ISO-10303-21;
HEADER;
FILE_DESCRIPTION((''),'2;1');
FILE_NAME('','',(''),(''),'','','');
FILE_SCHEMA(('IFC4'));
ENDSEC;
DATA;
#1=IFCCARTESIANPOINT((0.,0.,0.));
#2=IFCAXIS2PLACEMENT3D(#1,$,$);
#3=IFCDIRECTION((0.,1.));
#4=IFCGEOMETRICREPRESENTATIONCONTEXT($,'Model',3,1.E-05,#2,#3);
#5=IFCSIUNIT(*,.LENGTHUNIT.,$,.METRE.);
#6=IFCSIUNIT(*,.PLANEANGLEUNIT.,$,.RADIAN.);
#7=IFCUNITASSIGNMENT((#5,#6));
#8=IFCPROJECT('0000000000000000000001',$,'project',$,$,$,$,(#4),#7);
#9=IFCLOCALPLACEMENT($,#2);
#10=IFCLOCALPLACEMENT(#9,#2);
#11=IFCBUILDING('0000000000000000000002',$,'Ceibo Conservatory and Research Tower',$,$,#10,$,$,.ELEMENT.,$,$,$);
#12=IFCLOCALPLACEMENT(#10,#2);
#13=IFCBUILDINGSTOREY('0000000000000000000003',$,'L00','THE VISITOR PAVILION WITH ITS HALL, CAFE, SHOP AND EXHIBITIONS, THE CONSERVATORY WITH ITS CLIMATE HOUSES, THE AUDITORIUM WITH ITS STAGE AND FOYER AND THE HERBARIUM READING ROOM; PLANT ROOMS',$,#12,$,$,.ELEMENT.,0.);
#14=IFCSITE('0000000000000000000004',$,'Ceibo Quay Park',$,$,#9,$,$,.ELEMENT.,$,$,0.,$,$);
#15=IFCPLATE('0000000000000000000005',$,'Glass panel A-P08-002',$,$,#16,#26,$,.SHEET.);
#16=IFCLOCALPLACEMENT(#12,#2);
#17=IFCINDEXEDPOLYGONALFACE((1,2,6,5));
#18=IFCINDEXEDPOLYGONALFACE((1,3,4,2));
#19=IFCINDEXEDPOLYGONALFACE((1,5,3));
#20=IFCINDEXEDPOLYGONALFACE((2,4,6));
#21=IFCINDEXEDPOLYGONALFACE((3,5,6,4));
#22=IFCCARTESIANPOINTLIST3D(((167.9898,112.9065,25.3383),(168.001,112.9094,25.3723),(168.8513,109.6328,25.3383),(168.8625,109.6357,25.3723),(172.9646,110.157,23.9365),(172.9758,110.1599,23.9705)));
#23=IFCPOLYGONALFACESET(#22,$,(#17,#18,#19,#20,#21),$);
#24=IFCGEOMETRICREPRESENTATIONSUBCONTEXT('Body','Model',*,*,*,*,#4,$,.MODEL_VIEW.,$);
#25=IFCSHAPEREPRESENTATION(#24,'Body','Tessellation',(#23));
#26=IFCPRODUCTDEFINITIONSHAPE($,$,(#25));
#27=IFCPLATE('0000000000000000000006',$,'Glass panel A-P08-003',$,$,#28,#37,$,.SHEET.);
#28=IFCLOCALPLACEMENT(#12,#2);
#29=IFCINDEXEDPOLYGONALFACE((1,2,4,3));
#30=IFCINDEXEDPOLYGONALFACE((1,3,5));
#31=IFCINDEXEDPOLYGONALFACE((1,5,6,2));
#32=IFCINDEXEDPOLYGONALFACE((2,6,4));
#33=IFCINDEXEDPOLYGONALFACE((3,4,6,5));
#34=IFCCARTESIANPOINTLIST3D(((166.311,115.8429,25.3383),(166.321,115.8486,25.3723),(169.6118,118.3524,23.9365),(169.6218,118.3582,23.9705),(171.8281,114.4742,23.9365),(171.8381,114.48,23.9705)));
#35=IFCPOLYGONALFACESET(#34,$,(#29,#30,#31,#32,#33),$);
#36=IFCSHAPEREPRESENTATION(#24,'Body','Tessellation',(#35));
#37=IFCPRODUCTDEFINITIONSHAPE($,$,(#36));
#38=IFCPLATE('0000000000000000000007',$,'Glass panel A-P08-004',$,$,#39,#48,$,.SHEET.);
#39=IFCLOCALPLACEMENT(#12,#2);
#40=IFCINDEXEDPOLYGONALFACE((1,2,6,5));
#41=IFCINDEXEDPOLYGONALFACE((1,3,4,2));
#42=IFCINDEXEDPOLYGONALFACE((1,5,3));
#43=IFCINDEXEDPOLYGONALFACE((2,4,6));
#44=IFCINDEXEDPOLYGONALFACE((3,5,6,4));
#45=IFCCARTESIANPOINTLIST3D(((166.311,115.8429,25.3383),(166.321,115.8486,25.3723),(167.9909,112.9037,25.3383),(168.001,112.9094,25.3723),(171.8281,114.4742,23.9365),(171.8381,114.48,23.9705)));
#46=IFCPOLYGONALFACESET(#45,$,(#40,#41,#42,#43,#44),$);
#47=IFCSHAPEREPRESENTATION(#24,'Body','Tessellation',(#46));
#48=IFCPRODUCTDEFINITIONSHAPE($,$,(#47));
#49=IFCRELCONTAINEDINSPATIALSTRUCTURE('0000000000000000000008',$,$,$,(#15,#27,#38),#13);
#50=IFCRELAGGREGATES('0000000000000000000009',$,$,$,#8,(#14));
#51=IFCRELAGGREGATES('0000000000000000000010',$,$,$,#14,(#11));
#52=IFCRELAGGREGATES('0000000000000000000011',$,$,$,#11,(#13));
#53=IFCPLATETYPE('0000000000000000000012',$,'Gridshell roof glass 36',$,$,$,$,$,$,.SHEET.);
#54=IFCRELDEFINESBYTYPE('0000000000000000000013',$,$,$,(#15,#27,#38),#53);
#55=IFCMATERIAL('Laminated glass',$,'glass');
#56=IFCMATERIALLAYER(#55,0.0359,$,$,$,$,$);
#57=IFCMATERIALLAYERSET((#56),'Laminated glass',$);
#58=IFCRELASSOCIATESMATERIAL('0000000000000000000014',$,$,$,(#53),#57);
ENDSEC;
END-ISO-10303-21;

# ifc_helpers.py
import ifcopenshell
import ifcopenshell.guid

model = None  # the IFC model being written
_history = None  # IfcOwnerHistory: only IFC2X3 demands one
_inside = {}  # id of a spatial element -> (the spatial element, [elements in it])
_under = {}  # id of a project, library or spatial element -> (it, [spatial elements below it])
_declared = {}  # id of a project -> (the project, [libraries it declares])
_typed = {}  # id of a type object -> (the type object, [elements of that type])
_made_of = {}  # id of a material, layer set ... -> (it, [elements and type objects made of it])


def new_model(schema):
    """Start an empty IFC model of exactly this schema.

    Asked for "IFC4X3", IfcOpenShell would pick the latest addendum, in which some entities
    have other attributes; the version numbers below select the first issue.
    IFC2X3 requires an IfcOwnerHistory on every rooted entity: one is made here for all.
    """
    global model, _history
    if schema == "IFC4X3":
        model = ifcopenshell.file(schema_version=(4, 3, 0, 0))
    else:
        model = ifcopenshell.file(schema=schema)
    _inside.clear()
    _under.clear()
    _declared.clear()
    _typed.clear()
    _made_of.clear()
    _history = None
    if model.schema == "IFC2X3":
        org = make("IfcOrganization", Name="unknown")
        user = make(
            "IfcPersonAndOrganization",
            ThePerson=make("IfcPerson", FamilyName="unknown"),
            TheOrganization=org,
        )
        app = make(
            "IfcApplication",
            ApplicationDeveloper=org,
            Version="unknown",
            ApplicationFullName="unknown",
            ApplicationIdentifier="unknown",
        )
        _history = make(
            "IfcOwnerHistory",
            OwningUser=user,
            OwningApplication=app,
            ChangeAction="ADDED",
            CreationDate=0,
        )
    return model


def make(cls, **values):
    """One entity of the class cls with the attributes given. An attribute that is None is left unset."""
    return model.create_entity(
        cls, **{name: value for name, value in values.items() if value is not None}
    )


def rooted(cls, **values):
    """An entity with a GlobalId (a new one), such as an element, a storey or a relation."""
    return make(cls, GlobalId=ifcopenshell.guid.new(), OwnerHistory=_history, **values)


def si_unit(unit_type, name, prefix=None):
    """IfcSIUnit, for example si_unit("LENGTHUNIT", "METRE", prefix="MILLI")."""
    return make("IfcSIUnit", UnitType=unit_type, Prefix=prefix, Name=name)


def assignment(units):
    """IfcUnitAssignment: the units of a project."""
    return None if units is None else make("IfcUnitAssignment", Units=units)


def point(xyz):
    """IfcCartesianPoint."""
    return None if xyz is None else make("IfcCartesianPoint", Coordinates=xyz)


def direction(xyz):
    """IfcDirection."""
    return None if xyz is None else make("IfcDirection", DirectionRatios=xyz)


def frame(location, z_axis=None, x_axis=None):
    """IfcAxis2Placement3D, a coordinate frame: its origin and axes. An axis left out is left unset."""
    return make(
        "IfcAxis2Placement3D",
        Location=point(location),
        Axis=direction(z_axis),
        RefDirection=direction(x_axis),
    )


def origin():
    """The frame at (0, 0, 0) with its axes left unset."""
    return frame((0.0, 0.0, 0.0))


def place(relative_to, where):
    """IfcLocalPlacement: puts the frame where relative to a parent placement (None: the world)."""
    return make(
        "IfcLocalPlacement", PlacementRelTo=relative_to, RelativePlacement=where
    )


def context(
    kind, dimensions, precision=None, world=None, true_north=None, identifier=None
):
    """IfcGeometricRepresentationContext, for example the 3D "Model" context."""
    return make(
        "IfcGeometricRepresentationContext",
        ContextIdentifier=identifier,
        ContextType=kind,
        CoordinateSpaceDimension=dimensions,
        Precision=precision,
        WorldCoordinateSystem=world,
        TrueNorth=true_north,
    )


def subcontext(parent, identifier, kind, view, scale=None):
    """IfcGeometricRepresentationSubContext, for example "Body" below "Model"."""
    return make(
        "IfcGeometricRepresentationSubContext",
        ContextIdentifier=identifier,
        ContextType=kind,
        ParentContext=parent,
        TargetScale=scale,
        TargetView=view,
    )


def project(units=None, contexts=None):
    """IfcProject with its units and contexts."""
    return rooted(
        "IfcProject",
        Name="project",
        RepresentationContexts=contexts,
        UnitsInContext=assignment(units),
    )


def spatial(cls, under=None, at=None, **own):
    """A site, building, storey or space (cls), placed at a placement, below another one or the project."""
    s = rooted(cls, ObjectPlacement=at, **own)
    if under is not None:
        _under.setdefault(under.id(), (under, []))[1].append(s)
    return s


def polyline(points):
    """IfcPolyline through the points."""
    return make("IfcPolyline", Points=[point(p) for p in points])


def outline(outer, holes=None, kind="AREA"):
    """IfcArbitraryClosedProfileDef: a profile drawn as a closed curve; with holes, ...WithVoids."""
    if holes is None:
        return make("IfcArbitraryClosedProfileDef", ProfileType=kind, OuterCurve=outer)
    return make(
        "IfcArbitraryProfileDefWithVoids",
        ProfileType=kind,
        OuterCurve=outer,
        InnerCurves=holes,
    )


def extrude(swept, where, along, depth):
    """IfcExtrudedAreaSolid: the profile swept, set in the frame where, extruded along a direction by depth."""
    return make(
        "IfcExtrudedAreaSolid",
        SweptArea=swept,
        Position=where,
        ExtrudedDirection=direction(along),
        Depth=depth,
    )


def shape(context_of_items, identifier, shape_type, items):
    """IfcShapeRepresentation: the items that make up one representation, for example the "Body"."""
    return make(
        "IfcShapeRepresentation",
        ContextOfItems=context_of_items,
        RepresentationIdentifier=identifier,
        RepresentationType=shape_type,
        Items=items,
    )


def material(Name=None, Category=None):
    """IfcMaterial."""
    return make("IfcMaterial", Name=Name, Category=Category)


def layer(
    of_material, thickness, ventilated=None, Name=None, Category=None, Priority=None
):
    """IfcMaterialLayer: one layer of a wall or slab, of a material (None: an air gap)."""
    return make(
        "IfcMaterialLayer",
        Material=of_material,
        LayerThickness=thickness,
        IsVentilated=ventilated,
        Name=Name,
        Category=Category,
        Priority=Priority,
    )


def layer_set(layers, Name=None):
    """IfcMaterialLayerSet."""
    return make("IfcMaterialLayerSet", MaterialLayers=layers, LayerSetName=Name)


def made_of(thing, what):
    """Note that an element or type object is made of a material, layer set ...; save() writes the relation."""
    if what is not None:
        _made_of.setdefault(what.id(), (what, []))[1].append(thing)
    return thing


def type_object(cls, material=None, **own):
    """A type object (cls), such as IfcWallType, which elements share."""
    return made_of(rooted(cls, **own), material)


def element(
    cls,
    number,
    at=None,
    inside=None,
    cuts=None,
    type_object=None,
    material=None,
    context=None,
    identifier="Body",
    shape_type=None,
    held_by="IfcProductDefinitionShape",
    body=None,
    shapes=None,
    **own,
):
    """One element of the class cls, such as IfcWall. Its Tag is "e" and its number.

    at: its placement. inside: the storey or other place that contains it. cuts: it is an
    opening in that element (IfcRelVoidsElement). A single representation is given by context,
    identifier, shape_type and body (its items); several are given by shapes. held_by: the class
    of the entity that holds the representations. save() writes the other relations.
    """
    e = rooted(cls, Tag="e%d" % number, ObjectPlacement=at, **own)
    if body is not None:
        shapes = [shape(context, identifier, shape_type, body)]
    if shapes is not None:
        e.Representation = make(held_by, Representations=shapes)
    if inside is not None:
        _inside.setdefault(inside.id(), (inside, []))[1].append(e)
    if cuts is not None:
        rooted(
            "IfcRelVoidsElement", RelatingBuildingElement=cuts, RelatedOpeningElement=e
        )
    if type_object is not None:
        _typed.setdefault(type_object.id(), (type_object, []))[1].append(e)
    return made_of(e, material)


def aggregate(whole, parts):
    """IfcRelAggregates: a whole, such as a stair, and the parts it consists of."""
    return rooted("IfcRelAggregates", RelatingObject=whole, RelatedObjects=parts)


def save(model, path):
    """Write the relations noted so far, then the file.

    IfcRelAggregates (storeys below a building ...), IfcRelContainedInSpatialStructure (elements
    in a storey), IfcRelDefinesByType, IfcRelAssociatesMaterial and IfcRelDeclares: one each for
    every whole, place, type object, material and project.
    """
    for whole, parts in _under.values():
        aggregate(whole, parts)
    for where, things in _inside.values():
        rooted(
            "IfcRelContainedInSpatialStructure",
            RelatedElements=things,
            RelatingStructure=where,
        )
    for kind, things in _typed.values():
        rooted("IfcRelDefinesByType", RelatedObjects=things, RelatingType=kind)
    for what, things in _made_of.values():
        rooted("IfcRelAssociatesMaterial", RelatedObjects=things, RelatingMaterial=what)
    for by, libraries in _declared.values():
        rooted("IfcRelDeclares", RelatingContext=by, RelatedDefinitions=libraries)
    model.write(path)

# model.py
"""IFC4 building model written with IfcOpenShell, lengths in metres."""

from ifc_helpers import new_model, si_unit, direction, frame, origin, place, context, subcontext, project, spatial, polyline, outline, extrude, material, layer, layer_set, type_object, element, save


model = new_model("IFC4")

# Units and contexts
model_context = context("Model", 3, precision=1e-05, world=origin(), true_north=direction((0.0, 1.0)))
body_context = subcontext(model_context, "Body", "Model", "MODEL_VIEW")
ifc_project = project(units=[si_unit("LENGTHUNIT", "METRE"), si_unit("PLANEANGLEUNIT", "RADIAN")], contexts=[model_context])

# Site, building, storey
site_placement = place(None, origin())
site = spatial("IfcSite", under=ifc_project, at=site_placement, Name="Ceibo Quay Park", CompositionType="ELEMENT", RefElevation=0.0)
building_placement = place(site_placement, origin())
building = spatial("IfcBuilding", under=site, at=building_placement, Name="Ceibo Conservatory and Research Tower", CompositionType="ELEMENT")
storey_placement = place(building_placement, origin())
storey = spatial("IfcBuildingStorey", under=building, at=storey_placement, Name="L00", Description="THE VISITOR PAVILION WITH ITS HALL, CAFE, SHOP AND EXHIBITIONS, THE CONSERVATORY WITH ITS CLIMATE HOUSES, THE AUDITORIUM WITH ITS STAGE AND FOYER AND THE HERBARIUM READING ROOM; PLANT ROOMS", CompositionType="ELEMENT", Elevation=0.0)

# Plates
ifc_material_1 = material(Name="Laminated glass", Category="glass")
ifc_layer = layer(ifc_material_1, 0.0359)
ifc_layer_set = layer_set([ifc_layer], Name="Laminated glass")
plate_type = type_object("IfcPlateType", Name="Gridshell roof glass 36", PredefinedType="SHEET", material=ifc_layer_set)
plate_1_placement = place(storey_placement, frame((172.9758, 110.1599, 23.9705), z_axis=(0.312107, 0.082141, 0.946489), x_axis=(-0.849761, 0.469648, 0.239453)))
element("IfcPlate", 1, at=plate_1_placement, inside=storey, type_object=plate_type, Name="Glass panel A-P08-002", PredefinedType="SHEET", context=body_context, shape_type="SweptSolid", body=[
    extrude(outline(polyline([(0.0, 0.0), (5.8544, 0.0), (3.5848, 2.5116), (0.0, 0.0)])), origin(), (0.0, 0.0, -1.0), 0.0359),
])
plate_2_placement = place(storey_placement, frame((171.8381, 114.48, 23.9705), z_axis=(0.280222, 0.160142, 0.946483), x_axis=(-0.496174, 0.868223, 0.0)))
element("IfcPlate", 2, at=plate_2_placement, inside=storey, type_object=plate_type, Name="Glass panel A-P08-003", PredefinedType="SHEET", context=body_context, shape_type="SweptSolid", body=[
    extrude(outline(polyline([(0.0, 0.0), (4.4668, 0.0), (3.9257, 4.3434), (0.0, 0.0)])), origin(), (0.0, 0.0, -1.0), 0.0359),
])
plate_3_placement = place(storey_placement, frame((171.8381, 114.48, 23.9705), z_axis=(0.280227, 0.160166, 0.946478), x_axis=(-0.942347, 0.233773, 0.239444)))
element("IfcPlate", 3, at=plate_3_placement, inside=storey, type_object=plate_type, Name="Glass panel A-P08-004", PredefinedType="SHEET", context=body_context, shape_type="SweptSolid", body=[
    extrude(outline(polyline([(0.0, 0.0), (5.8546, 0.0), (3.5844, 2.5115), (0.0, 0.0)])), origin(), (0.0, 0.0, -1.0), 0.0359),
])

save(model, "model.ifc")
